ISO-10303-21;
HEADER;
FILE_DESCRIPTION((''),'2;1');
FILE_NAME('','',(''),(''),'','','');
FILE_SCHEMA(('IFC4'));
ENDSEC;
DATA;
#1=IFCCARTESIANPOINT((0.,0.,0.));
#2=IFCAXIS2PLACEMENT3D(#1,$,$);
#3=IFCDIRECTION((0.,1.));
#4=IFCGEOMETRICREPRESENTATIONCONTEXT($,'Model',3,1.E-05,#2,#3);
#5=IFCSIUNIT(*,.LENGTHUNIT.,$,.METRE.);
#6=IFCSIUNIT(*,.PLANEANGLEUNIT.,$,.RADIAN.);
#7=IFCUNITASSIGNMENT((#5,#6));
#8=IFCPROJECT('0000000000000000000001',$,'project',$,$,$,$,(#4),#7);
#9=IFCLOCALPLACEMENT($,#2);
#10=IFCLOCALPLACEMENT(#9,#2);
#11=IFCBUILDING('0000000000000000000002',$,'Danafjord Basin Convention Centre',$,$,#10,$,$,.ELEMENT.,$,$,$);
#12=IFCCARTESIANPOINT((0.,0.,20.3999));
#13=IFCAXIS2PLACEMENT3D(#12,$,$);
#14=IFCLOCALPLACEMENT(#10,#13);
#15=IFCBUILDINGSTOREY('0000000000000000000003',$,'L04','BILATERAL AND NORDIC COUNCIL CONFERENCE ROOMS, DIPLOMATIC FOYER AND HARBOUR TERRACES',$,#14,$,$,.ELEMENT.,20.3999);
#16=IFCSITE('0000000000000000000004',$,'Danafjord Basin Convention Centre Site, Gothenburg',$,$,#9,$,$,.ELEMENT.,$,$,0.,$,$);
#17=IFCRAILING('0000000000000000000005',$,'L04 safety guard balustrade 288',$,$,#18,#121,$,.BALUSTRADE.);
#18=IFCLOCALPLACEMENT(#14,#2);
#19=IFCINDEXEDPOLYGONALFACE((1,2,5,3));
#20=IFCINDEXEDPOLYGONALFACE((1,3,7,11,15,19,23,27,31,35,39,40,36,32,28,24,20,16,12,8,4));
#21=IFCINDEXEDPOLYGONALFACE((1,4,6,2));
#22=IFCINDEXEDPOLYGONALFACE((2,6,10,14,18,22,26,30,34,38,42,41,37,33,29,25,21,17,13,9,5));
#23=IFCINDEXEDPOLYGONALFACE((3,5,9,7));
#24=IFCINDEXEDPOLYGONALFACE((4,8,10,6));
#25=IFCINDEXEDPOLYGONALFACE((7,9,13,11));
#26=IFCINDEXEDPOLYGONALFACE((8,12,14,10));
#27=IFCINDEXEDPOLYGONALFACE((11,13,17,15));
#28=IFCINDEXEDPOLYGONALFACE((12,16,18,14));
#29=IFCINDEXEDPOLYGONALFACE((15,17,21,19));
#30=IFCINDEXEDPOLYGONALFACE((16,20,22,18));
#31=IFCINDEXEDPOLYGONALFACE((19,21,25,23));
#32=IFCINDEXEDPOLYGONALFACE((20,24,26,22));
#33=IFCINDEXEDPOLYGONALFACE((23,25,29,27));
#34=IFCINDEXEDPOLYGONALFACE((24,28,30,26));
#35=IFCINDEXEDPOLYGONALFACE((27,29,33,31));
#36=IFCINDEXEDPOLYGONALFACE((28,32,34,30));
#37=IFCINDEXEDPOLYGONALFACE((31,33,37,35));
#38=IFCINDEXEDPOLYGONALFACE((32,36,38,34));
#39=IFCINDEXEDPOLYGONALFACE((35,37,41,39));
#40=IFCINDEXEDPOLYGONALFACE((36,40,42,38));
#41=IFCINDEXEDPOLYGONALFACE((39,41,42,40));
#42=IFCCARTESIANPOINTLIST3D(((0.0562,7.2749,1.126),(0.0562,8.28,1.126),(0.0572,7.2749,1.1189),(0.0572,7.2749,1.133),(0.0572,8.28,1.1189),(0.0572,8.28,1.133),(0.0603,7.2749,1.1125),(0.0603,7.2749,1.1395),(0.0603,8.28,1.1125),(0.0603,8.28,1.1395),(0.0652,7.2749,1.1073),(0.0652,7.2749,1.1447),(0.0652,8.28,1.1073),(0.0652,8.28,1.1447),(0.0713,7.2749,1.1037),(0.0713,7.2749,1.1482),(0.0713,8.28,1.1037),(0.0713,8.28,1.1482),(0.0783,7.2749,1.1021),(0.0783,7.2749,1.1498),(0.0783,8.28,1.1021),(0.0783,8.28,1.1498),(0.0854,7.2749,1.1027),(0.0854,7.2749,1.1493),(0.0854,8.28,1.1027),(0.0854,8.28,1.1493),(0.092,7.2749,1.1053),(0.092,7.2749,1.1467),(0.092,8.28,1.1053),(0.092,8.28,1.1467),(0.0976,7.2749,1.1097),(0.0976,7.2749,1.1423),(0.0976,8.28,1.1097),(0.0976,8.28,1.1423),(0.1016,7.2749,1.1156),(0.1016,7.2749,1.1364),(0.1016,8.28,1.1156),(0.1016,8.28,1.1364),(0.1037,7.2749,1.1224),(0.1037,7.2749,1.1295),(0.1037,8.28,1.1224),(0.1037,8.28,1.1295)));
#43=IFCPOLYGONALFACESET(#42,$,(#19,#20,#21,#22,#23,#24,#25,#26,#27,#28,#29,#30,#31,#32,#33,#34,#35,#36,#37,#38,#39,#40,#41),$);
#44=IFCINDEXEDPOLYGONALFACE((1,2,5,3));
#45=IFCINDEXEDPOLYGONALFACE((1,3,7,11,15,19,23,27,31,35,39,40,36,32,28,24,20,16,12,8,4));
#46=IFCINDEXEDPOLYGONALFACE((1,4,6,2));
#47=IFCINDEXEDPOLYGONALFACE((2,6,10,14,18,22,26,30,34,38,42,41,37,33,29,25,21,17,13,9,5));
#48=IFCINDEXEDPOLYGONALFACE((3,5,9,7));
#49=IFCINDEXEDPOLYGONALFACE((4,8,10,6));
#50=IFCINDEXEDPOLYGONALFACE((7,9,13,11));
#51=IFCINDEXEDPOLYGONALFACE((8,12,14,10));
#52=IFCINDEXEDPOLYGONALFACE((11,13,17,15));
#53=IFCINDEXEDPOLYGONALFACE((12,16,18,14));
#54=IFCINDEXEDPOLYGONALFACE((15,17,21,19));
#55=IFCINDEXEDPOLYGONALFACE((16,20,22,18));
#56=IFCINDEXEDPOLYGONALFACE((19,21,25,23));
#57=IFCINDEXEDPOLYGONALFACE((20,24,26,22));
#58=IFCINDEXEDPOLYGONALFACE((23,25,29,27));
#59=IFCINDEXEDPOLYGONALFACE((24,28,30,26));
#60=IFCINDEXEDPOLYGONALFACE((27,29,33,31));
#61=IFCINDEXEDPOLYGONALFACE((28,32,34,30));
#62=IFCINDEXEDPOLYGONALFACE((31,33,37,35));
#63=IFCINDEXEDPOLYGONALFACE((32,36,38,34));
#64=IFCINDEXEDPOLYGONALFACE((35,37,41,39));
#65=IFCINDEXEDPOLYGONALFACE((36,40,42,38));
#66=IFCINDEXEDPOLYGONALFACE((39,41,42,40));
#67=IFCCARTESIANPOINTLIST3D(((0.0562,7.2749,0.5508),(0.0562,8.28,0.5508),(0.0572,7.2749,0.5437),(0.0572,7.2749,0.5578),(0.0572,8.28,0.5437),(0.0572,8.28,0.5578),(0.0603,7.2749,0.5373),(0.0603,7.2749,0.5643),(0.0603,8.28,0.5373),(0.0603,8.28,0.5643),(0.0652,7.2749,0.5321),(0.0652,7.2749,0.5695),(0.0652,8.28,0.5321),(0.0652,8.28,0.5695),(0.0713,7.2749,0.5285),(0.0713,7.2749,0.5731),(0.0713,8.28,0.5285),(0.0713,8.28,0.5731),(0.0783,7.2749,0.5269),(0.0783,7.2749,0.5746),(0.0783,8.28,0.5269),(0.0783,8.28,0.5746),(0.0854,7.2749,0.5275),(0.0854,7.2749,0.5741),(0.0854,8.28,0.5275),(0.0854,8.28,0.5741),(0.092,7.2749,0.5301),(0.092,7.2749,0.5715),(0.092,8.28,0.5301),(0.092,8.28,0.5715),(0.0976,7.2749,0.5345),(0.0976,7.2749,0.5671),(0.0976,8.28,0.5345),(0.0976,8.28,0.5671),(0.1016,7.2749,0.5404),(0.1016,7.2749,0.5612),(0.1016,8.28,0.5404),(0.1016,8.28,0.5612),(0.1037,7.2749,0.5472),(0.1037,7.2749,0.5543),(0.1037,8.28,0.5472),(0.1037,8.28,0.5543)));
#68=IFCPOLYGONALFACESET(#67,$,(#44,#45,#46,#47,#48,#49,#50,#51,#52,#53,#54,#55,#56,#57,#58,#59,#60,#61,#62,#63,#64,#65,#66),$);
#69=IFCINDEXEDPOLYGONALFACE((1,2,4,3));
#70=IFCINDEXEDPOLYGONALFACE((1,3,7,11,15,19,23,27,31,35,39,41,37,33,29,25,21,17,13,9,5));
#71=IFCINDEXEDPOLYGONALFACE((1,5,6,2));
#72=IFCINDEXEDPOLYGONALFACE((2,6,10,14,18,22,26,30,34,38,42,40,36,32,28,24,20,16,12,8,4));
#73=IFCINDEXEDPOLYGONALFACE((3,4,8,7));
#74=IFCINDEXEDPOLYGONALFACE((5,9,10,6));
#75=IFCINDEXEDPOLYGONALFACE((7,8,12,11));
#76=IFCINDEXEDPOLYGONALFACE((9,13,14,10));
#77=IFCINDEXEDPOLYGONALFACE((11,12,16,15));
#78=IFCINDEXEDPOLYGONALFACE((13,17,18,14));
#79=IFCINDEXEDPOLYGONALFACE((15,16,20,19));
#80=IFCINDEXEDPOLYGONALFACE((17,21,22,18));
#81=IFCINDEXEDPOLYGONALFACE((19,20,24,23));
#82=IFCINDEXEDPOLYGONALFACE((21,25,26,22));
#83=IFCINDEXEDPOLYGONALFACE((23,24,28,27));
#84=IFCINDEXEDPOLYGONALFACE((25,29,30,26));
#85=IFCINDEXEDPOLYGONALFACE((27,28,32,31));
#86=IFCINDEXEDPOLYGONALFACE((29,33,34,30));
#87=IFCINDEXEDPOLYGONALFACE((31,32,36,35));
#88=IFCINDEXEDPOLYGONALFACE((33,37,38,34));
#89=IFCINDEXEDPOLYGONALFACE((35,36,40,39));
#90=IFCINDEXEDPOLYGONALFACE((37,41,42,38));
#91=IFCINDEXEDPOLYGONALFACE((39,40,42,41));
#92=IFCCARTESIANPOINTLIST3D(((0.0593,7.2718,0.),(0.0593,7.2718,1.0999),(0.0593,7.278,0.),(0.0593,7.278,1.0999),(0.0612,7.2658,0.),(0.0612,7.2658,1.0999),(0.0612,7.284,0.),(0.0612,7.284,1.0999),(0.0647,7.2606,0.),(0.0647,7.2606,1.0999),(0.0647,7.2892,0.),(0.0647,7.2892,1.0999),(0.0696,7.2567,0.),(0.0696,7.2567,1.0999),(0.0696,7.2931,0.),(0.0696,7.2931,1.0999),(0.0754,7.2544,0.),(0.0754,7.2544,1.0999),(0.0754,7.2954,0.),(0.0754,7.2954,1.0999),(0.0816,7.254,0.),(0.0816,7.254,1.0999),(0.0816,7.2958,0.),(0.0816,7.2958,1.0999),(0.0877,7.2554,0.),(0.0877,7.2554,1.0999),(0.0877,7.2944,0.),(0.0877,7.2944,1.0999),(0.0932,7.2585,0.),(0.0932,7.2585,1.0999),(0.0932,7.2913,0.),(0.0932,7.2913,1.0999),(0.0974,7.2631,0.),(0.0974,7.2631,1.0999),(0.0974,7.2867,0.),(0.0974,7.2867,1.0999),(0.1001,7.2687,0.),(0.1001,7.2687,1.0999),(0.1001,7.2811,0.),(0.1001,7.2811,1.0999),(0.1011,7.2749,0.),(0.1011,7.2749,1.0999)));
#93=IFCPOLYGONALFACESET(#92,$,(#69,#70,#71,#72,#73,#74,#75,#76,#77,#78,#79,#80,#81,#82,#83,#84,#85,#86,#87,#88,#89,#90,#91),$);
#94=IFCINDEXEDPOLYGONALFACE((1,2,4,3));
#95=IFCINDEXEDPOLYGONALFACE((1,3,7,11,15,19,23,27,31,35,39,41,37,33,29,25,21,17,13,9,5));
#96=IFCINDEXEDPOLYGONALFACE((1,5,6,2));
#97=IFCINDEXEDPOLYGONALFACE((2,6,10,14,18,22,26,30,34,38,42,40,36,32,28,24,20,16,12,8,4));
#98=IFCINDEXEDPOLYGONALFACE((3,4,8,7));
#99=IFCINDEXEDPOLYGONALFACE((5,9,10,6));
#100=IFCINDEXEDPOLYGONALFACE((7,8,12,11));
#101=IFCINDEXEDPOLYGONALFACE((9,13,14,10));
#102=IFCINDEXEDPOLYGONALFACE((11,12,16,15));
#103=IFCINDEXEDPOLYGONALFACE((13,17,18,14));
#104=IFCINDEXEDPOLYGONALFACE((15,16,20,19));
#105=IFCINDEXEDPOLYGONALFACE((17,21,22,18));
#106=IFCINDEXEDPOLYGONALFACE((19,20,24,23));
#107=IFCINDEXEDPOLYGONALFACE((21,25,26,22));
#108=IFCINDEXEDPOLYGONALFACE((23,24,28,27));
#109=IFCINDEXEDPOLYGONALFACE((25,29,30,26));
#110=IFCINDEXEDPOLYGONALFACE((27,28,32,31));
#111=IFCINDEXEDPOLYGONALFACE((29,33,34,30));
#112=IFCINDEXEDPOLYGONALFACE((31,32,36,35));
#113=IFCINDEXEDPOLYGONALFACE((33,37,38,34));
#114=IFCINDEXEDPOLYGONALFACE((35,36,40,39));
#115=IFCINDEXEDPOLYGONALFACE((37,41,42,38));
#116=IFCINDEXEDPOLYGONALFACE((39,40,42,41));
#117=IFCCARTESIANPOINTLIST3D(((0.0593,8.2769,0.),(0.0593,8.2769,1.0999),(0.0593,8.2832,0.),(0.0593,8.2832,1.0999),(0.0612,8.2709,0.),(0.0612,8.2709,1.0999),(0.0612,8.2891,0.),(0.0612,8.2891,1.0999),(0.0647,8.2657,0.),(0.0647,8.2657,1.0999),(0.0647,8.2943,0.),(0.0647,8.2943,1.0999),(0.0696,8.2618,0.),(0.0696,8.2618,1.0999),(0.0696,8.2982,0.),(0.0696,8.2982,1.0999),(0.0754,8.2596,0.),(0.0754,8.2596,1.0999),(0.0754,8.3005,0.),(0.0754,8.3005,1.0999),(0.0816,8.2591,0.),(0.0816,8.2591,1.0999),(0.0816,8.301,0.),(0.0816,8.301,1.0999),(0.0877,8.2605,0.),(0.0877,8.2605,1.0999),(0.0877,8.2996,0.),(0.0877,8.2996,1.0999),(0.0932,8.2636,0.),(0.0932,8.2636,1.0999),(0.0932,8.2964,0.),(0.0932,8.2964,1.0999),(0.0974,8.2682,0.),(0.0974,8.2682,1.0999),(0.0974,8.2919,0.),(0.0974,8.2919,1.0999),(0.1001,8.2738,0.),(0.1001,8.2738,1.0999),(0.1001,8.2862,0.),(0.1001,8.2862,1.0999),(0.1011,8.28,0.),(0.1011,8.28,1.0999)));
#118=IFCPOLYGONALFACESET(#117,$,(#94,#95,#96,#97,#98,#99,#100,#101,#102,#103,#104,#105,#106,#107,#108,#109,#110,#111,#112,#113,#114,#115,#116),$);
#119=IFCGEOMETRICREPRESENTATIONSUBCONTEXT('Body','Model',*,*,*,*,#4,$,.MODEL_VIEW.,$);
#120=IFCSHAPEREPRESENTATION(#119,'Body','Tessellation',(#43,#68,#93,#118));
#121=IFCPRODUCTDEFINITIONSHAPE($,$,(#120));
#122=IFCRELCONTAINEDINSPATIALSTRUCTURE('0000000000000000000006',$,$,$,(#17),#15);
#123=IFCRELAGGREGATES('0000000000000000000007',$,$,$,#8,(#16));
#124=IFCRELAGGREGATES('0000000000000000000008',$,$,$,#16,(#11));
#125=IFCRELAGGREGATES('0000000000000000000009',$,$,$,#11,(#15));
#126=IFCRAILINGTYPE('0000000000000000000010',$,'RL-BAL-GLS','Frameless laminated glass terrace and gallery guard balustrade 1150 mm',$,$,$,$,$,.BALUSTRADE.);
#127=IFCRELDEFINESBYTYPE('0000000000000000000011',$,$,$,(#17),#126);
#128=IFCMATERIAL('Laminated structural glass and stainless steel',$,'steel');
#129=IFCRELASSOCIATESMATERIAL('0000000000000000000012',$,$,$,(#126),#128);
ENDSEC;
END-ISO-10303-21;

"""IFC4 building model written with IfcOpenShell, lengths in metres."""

from ifc_helpers import new_model, si_unit, direction, frame, origin, origin_2d, place, context, subcontext, project, spatial, circle, extrude, material, type_object, element, save


model = new_model("IFC4")

# Units and contexts
model_context = context("Model", 3, precision=1e-05, world=origin(), true_north=direction((0.0, 1.0)))
body_context = subcontext(model_context, "Body", "Model", "MODEL_VIEW")
ifc_project = project(units=[si_unit("LENGTHUNIT", "METRE"), si_unit("PLANEANGLEUNIT", "RADIAN")], contexts=[model_context])

# Site, building, storey
site_placement = place(None, origin())
site = spatial("IfcSite", under=ifc_project, at=site_placement, Name="Danafjord Basin Convention Centre Site, Gothenburg", CompositionType="ELEMENT", RefElevation=0.0)
building_placement = place(site_placement, origin())
building = spatial("IfcBuilding", under=site, at=building_placement, Name="Danafjord Basin Convention Centre", CompositionType="ELEMENT")
storey_placement = place(building_placement, frame((0.0, 0.0, 20.3999)))
storey = spatial("IfcBuildingStorey", under=building, at=storey_placement, Name="L04", Description="BILATERAL AND NORDIC COUNCIL CONFERENCE ROOMS, DIPLOMATIC FOYER AND HARBOUR TERRACES", CompositionType="ELEMENT", Elevation=20.3999)

# Railing
ifc_material_1 = material(Name="Laminated structural glass and stainless steel", Category="steel")
railing_type = type_object("IfcRailingType", Name="RL-BAL-GLS", Description="Frameless laminated glass terrace and gallery guard balustrade 1150 mm", PredefinedType="BALUSTRADE", material=ifc_material_1)
railing_placement = place(storey_placement, frame((0.0801, 7.2749, 0.0)))
element("IfcRailing", 1, at=railing_placement, inside=storey, type_object=railing_type, Name="L04 safety guard balustrade 288", PredefinedType="BALUSTRADE", context=body_context, shape_type="SweptSolid", body=[
    extrude(circle(Radius=0.0239, at=origin_2d()), frame((0.0, 0.0, 1.126), z_axis=(0.0, 1.0, 0.0), x_axis=(-1.0, 0.0, 0.0)), (0.0, 0.0, 1.0), 1.0051),
    extrude(circle(Radius=0.0239, at=origin_2d()), frame((0.0, 0.0, 0.5508), z_axis=(0.0, 1.0, 0.0), x_axis=(-1.0, 0.0, 0.0)), (0.0, 0.0, 1.0), 1.0051),
    extrude(circle(Radius=0.021, at=origin_2d()), origin(), (0.0, 0.0, 1.0), 1.0999),
    extrude(circle(Radius=0.021, at=origin_2d()), frame((0.0, 1.0051, 0.0)), (0.0, 0.0, 1.0), 1.0999),
])

save(model, "model.ifc")
